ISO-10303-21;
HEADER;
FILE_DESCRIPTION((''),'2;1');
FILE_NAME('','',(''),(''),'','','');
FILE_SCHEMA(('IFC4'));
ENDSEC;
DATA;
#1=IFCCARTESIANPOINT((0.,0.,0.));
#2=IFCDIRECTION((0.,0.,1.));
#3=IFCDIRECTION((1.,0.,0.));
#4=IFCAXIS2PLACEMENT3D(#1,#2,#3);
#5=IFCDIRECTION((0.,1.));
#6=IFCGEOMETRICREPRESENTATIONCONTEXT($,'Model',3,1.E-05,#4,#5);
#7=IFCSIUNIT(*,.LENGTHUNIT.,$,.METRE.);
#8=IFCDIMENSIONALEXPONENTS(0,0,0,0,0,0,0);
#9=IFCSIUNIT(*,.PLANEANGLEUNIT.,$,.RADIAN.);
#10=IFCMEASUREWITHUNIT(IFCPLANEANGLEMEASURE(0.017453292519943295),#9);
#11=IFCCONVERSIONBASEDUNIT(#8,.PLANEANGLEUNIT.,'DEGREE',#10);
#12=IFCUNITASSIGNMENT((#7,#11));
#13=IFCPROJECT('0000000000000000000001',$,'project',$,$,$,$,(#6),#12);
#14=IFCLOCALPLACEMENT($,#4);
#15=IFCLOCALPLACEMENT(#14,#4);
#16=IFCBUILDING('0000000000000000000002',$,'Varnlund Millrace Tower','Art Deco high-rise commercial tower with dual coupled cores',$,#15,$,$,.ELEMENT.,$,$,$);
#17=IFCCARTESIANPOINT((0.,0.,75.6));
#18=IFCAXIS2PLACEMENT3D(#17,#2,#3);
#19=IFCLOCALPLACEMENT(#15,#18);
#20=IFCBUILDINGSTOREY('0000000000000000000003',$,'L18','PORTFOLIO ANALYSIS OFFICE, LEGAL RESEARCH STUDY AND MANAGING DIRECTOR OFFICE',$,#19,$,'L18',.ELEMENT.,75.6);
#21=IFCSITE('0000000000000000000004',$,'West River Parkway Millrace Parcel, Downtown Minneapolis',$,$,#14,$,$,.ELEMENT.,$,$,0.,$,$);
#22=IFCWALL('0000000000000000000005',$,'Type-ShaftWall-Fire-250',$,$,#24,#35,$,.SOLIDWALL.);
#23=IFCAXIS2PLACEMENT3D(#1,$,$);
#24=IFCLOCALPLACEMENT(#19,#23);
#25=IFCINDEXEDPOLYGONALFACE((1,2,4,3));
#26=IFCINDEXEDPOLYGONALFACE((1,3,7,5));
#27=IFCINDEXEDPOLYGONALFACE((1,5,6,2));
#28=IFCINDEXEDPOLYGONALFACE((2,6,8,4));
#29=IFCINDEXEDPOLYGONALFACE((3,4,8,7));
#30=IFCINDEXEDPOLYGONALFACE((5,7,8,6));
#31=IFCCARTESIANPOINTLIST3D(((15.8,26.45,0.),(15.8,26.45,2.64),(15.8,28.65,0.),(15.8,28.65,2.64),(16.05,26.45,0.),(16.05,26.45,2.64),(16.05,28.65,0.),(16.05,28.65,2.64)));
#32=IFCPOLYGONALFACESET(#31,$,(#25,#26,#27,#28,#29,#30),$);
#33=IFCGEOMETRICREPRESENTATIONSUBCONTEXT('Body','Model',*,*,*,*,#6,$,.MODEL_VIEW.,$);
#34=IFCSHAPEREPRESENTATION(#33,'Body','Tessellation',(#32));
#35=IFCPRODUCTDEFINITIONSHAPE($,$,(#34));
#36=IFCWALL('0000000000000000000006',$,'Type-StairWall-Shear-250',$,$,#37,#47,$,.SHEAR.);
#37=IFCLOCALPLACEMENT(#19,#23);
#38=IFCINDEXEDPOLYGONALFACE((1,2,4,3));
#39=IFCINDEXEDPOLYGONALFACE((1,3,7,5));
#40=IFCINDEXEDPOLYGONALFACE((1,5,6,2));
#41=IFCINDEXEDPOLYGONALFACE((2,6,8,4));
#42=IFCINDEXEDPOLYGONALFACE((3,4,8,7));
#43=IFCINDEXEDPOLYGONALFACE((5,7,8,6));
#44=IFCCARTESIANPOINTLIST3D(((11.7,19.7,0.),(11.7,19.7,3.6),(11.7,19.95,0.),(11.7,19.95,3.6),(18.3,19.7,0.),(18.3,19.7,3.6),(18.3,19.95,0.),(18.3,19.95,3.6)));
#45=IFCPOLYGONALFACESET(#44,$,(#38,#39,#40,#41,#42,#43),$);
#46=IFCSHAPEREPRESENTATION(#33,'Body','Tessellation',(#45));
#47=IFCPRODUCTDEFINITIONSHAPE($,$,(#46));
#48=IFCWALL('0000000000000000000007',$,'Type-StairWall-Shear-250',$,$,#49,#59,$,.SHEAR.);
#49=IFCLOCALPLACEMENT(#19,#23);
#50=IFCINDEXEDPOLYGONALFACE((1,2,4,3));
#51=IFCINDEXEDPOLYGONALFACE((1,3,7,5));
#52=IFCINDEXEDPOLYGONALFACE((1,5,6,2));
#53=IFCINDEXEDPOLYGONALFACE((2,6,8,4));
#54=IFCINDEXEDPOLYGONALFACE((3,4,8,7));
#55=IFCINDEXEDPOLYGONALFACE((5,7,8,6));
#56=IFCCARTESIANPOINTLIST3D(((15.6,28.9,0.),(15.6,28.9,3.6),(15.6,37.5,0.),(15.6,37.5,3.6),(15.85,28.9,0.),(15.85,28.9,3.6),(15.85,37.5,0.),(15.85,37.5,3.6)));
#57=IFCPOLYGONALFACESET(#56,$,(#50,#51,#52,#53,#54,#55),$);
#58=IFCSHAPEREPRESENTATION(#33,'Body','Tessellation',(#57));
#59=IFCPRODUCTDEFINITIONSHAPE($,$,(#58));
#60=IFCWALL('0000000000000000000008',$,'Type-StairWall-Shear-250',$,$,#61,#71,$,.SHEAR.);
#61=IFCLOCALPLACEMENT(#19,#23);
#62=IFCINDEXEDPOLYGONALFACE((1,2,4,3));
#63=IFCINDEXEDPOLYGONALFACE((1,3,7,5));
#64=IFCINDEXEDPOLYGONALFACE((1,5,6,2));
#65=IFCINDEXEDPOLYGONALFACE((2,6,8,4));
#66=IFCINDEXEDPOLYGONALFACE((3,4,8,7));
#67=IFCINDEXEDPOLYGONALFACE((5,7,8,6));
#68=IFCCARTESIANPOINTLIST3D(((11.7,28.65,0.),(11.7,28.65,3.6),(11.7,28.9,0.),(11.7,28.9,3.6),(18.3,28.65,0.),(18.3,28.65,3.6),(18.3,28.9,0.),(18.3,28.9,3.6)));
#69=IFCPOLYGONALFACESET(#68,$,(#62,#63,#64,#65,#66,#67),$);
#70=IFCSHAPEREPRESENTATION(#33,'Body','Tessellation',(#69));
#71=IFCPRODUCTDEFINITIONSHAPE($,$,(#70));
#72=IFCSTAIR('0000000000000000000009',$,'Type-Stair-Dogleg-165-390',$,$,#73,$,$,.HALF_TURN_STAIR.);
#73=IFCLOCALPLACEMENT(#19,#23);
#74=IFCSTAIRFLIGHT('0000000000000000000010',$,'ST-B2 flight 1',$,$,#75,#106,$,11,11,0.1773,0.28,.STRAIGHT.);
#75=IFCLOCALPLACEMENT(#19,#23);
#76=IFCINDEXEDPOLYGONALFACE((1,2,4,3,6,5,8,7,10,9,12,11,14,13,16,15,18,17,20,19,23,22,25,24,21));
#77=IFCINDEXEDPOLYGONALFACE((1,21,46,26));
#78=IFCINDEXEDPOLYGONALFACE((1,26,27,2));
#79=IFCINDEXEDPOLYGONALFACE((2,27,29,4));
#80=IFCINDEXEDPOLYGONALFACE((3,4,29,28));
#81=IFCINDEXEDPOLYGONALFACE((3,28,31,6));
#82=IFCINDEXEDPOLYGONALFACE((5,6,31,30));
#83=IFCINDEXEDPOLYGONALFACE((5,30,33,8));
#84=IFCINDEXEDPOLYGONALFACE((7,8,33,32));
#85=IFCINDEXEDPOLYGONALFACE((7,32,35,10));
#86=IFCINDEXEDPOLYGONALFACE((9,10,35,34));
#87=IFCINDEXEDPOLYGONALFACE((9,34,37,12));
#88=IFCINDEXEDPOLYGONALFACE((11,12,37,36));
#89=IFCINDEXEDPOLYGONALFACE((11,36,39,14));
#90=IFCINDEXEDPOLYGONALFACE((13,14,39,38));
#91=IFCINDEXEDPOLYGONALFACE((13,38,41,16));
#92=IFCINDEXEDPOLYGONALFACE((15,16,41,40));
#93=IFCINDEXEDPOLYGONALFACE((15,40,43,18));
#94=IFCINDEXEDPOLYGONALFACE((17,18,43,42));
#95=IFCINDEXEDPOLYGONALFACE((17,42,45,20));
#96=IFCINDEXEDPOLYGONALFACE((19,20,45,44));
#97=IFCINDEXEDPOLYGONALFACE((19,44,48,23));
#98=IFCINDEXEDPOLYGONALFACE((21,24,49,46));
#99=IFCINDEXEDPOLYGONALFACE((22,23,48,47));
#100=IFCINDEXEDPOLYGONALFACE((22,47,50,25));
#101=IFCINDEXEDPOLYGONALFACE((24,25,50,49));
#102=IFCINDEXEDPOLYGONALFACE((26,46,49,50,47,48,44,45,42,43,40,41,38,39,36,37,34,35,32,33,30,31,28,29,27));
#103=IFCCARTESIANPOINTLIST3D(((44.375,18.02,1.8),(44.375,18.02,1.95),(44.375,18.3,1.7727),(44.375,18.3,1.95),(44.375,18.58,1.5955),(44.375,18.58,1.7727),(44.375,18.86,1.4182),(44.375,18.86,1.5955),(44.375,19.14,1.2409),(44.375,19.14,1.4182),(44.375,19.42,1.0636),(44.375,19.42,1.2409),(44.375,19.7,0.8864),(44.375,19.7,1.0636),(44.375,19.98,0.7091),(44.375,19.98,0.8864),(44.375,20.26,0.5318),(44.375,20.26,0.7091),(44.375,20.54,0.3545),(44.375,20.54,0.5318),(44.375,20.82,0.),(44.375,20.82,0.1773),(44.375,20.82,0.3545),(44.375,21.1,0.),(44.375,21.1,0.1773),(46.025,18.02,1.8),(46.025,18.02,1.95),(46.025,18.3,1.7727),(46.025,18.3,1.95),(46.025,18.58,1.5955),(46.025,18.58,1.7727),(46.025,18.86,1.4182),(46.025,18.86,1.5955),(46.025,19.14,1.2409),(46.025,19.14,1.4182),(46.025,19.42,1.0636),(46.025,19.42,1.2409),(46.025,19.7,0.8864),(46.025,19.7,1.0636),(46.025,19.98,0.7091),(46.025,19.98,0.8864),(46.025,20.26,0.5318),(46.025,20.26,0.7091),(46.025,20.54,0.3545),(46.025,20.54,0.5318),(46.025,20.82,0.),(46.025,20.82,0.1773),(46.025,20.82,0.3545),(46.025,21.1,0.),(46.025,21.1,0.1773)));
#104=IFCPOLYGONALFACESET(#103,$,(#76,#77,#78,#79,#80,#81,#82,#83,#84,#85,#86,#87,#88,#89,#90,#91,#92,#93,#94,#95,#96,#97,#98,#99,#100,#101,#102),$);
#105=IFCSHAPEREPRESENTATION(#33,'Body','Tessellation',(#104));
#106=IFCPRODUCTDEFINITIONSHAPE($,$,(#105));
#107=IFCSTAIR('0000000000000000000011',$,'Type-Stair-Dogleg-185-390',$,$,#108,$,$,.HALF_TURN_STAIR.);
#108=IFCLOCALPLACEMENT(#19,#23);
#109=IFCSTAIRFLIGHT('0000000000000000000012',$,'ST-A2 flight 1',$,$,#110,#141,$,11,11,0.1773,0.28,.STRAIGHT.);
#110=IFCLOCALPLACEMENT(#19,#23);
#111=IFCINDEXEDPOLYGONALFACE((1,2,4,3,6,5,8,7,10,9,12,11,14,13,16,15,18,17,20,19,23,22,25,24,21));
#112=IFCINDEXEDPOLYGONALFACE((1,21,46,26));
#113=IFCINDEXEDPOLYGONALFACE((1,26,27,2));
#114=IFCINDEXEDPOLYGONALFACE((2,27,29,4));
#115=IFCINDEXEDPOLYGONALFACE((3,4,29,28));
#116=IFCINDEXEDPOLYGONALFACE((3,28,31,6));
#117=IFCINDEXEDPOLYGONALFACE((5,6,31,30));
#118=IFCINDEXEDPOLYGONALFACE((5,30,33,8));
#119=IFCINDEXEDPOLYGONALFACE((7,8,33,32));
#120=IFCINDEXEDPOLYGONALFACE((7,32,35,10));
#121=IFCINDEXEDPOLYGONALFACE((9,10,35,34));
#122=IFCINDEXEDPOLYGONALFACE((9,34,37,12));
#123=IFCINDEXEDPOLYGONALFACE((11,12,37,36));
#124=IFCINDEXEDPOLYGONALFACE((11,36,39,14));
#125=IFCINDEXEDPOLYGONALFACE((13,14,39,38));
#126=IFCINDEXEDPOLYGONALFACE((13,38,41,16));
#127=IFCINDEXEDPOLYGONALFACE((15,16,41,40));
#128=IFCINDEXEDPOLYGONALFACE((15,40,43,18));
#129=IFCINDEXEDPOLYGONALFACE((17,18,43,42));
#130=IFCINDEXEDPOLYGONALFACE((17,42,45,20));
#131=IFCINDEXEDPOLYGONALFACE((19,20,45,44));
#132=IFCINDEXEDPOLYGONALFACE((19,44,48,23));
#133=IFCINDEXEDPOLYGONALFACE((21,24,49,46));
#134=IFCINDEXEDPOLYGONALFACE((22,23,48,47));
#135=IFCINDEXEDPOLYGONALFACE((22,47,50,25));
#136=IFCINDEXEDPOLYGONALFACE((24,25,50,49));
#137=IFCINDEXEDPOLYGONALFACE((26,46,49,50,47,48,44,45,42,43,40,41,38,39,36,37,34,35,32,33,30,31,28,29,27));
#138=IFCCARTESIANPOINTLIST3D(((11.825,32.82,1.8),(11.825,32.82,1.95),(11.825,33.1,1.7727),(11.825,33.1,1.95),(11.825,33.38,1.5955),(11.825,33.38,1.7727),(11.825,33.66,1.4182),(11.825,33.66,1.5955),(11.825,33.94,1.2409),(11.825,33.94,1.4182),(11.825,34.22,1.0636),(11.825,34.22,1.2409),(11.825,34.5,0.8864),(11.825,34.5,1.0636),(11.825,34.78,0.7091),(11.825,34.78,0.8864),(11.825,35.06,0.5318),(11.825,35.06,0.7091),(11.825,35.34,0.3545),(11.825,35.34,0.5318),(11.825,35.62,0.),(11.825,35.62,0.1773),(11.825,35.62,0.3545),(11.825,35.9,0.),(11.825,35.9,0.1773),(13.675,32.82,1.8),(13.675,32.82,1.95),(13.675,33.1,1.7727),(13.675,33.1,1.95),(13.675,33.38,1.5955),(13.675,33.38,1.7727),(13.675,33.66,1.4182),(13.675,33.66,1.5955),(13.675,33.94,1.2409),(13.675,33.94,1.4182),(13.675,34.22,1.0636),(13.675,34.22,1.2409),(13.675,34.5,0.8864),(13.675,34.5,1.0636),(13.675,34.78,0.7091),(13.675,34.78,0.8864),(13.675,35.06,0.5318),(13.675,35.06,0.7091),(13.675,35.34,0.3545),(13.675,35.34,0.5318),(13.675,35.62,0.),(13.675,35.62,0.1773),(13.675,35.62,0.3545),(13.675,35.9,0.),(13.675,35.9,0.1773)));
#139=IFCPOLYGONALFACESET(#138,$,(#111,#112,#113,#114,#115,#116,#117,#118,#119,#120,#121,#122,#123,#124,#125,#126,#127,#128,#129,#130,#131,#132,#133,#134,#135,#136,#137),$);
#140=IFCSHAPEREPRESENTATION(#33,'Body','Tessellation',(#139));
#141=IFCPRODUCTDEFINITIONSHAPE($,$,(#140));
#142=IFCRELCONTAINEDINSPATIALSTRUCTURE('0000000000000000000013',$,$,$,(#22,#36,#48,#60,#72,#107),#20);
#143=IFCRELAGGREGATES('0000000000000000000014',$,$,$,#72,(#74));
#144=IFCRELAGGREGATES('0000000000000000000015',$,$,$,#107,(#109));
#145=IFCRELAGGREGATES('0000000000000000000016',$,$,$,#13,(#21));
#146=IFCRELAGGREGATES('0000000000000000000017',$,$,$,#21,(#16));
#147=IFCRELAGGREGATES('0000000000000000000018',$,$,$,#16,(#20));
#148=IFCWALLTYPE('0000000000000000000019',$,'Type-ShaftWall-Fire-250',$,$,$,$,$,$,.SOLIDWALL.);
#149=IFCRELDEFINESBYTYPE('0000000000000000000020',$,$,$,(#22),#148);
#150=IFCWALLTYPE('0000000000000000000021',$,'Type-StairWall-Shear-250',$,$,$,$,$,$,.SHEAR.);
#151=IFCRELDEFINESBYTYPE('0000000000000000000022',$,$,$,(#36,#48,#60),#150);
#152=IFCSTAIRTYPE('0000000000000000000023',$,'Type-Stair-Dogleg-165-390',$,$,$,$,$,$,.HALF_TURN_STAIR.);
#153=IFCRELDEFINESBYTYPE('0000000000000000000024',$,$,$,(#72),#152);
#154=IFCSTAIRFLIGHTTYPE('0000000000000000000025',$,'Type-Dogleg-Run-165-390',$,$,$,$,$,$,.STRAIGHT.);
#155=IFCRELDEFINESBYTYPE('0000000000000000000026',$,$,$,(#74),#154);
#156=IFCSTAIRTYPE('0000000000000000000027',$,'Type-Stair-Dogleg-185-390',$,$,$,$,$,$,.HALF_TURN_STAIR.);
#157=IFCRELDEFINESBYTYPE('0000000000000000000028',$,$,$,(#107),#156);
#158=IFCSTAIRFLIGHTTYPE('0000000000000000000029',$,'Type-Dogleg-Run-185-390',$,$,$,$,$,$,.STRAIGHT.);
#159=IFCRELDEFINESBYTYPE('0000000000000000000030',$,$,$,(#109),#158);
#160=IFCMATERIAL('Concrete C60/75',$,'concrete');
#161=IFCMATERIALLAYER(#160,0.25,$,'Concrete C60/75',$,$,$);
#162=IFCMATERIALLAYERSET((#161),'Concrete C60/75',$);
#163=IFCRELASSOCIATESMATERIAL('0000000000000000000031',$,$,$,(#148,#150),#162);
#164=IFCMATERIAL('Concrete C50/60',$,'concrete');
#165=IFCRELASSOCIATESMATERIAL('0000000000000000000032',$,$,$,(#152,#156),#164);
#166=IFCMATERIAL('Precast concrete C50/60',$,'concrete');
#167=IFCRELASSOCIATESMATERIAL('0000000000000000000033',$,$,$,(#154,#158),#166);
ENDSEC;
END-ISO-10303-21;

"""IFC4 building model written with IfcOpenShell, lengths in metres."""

from ifc_helpers import new_model, entity, si_unit, converted_unit, direction, frame, origin_with_axes, place, context, subcontext, project, spatial, polyline, outline, extrude, material, layer, layer_set, type_object, element, aggregate, save


model = new_model("IFC4")

# Units and contexts
model_context = context("Model", 3, precision=1e-05, world=origin_with_axes(), true_north=direction((0.0, 1.0)))
body_context = subcontext(model_context, "Body", "Model", "MODEL_VIEW")
ifc_project = project(units=[si_unit("LENGTHUNIT", "METRE"), converted_unit("PLANEANGLEUNIT", "DEGREE", entity("IfcPlaneAngleMeasure", 0.017453292519943295), si_unit("PLANEANGLEUNIT", "RADIAN"), dimensions=[0, 0, 0, 0, 0, 0, 0])], contexts=[model_context])

# Site, building, storey
site_placement = place(None, origin_with_axes())
site = spatial("IfcSite", under=ifc_project, at=site_placement, Name="West River Parkway Millrace Parcel, Downtown Minneapolis", CompositionType="ELEMENT", RefElevation=0.0)
building_placement = place(site_placement, origin_with_axes())
building = spatial("IfcBuilding", under=site, at=building_placement, Name="Varnlund Millrace Tower", Description="Art Deco high-rise commercial tower with dual coupled cores", CompositionType="ELEMENT")
storey_placement = place(building_placement, frame((0.0, 0.0, 75.6), z_axis=(0.0, 0.0, 1.0), x_axis=(1.0, 0.0, 0.0)))
storey = spatial("IfcBuildingStorey", under=building, at=storey_placement, Name="L18", Description="PORTFOLIO ANALYSIS OFFICE, LEGAL RESEARCH STUDY AND MANAGING DIRECTOR OFFICE", LongName="L18", CompositionType="ELEMENT", Elevation=75.6)

# Shared definitions
ifc_material_1 = material(Name="Concrete C60/75", Category="concrete")
ifc_layer_1 = layer(ifc_material_1, 0.25, Name="Concrete C60/75")
ifc_layer_set_1 = layer_set([ifc_layer_1], Name="Concrete C60/75")
wall_type_1 = type_object("IfcWallType", Name="Type-ShaftWall-Fire-250", PredefinedType="SOLIDWALL", material=ifc_layer_set_1)

# Walls
for number, where, z_axis, x_axis, name in (
    (1, (15.925, 26.45, 0.0), (0.0, 0.0, 1.0), (0.0, 1.0, 0.0), "Type-ShaftWall-Fire-250"),
):
    element("IfcWall", number, at=place(storey_placement, frame(where, z_axis=z_axis, x_axis=x_axis)), inside=storey, type_object=wall_type_1, Name=name, PredefinedType="SOLIDWALL", context=body_context, shape_type="SweptSolid", body=[
        extrude(outline(polyline([(0.0, -0.125), (2.2, -0.125), (2.2, 0.125), (0.0, 0.125), (0.0, -0.125)])), origin_with_axes(), (0.0, 0.0, 1.0), 2.64),
    ])
wall_type_2 = type_object("IfcWallType", Name="Type-StairWall-Shear-250", PredefinedType="SHEAR", material=ifc_layer_set_1)
wall_1_placement = place(storey_placement, frame((11.7, 19.825, 0.0), z_axis=(0.0, 0.0, 1.0), x_axis=(1.0, 0.0, 0.0)))
element("IfcWall", 2, at=wall_1_placement, inside=storey, type_object=wall_type_2, Name="Type-StairWall-Shear-250", PredefinedType="SHEAR", context=body_context, shape_type="SweptSolid", body=[
    extrude(outline(polyline([(0.0, -0.125), (6.6, -0.125), (6.6, 0.125), (0.0, 0.125), (0.0, -0.125)])), origin_with_axes(), (0.0, 0.0, 1.0), 3.6),
])
wall_2_placement = place(storey_placement, frame((15.725, 28.9, 0.0), z_axis=(0.0, 0.0, 1.0), x_axis=(0.0, 1.0, 0.0)))
element("IfcWall", 3, at=wall_2_placement, inside=storey, type_object=wall_type_2, Name="Type-StairWall-Shear-250", PredefinedType="SHEAR", context=body_context, shape_type="SweptSolid", body=[
    extrude(outline(polyline([(0.0, -0.125), (8.6, -0.125), (8.6, 0.125), (0.0, 0.125), (0.0, -0.125)])), origin_with_axes(), (0.0, 0.0, 1.0), 3.6),
])
wall_3_placement = place(storey_placement, frame((11.7, 28.775, 0.0), z_axis=(0.0, 0.0, 1.0), x_axis=(1.0, 0.0, 0.0)))
element("IfcWall", 4, at=wall_3_placement, inside=storey, type_object=wall_type_2, Name="Type-StairWall-Shear-250", PredefinedType="SHEAR", context=body_context, shape_type="SweptSolid", body=[
    extrude(outline(polyline([(0.0, -0.125), (6.6, -0.125), (6.6, 0.125), (0.0, 0.125), (0.0, -0.125)])), origin_with_axes(), (0.0, 0.0, 1.0), 3.6),
])

# Stairs, stair flights
ifc_material_2 = material(Name="Concrete C50/60", Category="concrete")
stair_type_1 = type_object("IfcStairType", Name="Type-Stair-Dogleg-165-390", PredefinedType="HALF_TURN_STAIR", material=ifc_material_2)
stair_1_placement = place(storey_placement, origin_with_axes())
stair_1 = element("IfcStair", 5, at=stair_1_placement, inside=storey, type_object=stair_type_1, Name="Type-Stair-Dogleg-165-390", PredefinedType="HALF_TURN_STAIR")
ifc_material_3 = material(Name="Precast concrete C50/60", Category="concrete")
stair_flight_type_1 = type_object("IfcStairFlightType", Name="Type-Dogleg-Run-165-390", PredefinedType="STRAIGHT", material=ifc_material_3)
stair_flight_1_placement = place(storey_placement, frame((46.025, 21.1, 0.0), z_axis=(-1.0, 0.0, 0.0), x_axis=(0.0, -1.0, 0.0)))
stair_flight_1 = element("IfcStairFlight", 6, at=stair_flight_1_placement, type_object=stair_flight_type_1, Name="ST-B2 flight 1", NumberOfRisers=11, NumberOfTreads=11, PredefinedType="STRAIGHT", RiserHeight=0.1773, TreadLength=0.28, context=body_context, shape_type="SweptSolid", body=[
    extrude(outline(polyline([(0.0, 0.0), (0.0, 0.1773), (0.28, 0.1773), (0.28, 0.3545), (0.56, 0.3545), (0.56, 0.5318), (0.84, 0.5318), (0.84, 0.7091), (1.12, 0.7091), (1.12, 0.8864), (1.4, 0.8864), (1.4, 1.0636), (1.68, 1.0636), (1.68, 1.2409), (1.96, 1.2409), (1.96, 1.4182), (2.24, 1.4182), (2.24, 1.5955), (2.52, 1.5955), (2.52, 1.7727), (2.8, 1.7727), (2.8, 1.95), (3.08, 1.95), (3.08, 1.8), (0.28, 0.0), (0.0, 0.0)])), origin_with_axes(), (0.0, 0.0, 1.0), 1.65),
])
aggregate(stair_1, [stair_flight_1])
stair_type_2 = type_object("IfcStairType", Name="Type-Stair-Dogleg-185-390", PredefinedType="HALF_TURN_STAIR", material=ifc_material_2)
stair_2_placement = place(storey_placement, origin_with_axes())
stair_2 = element("IfcStair", 7, at=stair_2_placement, inside=storey, type_object=stair_type_2, Name="Type-Stair-Dogleg-185-390", PredefinedType="HALF_TURN_STAIR")
stair_flight_type_2 = type_object("IfcStairFlightType", Name="Type-Dogleg-Run-185-390", PredefinedType="STRAIGHT", material=ifc_material_3)
stair_flight_2_placement = place(storey_placement, frame((13.675, 35.9, 0.0), z_axis=(-1.0, 0.0, 0.0), x_axis=(0.0, -1.0, 0.0)))
stair_flight_2 = element("IfcStairFlight", 8, at=stair_flight_2_placement, type_object=stair_flight_type_2, Name="ST-A2 flight 1", NumberOfRisers=11, NumberOfTreads=11, PredefinedType="STRAIGHT", RiserHeight=0.1773, TreadLength=0.28, context=body_context, shape_type="SweptSolid", body=[
    extrude(outline(polyline([(0.0, 0.0), (0.0, 0.1773), (0.28, 0.1773), (0.28, 0.3545), (0.56, 0.3545), (0.56, 0.5318), (0.84, 0.5318), (0.84, 0.7091), (1.12, 0.7091), (1.12, 0.8864), (1.4, 0.8864), (1.4, 1.0636), (1.68, 1.0636), (1.68, 1.2409), (1.96, 1.2409), (1.96, 1.4182), (2.24, 1.4182), (2.24, 1.5955), (2.52, 1.5955), (2.52, 1.7727), (2.8, 1.7727), (2.8, 1.95), (3.08, 1.95), (3.08, 1.8), (0.28, 0.0), (0.0, 0.0)])), origin_with_axes(), (0.0, 0.0, 1.0), 1.85),
])
aggregate(stair_2, [stair_flight_2])

save(model, "model.ifc")
